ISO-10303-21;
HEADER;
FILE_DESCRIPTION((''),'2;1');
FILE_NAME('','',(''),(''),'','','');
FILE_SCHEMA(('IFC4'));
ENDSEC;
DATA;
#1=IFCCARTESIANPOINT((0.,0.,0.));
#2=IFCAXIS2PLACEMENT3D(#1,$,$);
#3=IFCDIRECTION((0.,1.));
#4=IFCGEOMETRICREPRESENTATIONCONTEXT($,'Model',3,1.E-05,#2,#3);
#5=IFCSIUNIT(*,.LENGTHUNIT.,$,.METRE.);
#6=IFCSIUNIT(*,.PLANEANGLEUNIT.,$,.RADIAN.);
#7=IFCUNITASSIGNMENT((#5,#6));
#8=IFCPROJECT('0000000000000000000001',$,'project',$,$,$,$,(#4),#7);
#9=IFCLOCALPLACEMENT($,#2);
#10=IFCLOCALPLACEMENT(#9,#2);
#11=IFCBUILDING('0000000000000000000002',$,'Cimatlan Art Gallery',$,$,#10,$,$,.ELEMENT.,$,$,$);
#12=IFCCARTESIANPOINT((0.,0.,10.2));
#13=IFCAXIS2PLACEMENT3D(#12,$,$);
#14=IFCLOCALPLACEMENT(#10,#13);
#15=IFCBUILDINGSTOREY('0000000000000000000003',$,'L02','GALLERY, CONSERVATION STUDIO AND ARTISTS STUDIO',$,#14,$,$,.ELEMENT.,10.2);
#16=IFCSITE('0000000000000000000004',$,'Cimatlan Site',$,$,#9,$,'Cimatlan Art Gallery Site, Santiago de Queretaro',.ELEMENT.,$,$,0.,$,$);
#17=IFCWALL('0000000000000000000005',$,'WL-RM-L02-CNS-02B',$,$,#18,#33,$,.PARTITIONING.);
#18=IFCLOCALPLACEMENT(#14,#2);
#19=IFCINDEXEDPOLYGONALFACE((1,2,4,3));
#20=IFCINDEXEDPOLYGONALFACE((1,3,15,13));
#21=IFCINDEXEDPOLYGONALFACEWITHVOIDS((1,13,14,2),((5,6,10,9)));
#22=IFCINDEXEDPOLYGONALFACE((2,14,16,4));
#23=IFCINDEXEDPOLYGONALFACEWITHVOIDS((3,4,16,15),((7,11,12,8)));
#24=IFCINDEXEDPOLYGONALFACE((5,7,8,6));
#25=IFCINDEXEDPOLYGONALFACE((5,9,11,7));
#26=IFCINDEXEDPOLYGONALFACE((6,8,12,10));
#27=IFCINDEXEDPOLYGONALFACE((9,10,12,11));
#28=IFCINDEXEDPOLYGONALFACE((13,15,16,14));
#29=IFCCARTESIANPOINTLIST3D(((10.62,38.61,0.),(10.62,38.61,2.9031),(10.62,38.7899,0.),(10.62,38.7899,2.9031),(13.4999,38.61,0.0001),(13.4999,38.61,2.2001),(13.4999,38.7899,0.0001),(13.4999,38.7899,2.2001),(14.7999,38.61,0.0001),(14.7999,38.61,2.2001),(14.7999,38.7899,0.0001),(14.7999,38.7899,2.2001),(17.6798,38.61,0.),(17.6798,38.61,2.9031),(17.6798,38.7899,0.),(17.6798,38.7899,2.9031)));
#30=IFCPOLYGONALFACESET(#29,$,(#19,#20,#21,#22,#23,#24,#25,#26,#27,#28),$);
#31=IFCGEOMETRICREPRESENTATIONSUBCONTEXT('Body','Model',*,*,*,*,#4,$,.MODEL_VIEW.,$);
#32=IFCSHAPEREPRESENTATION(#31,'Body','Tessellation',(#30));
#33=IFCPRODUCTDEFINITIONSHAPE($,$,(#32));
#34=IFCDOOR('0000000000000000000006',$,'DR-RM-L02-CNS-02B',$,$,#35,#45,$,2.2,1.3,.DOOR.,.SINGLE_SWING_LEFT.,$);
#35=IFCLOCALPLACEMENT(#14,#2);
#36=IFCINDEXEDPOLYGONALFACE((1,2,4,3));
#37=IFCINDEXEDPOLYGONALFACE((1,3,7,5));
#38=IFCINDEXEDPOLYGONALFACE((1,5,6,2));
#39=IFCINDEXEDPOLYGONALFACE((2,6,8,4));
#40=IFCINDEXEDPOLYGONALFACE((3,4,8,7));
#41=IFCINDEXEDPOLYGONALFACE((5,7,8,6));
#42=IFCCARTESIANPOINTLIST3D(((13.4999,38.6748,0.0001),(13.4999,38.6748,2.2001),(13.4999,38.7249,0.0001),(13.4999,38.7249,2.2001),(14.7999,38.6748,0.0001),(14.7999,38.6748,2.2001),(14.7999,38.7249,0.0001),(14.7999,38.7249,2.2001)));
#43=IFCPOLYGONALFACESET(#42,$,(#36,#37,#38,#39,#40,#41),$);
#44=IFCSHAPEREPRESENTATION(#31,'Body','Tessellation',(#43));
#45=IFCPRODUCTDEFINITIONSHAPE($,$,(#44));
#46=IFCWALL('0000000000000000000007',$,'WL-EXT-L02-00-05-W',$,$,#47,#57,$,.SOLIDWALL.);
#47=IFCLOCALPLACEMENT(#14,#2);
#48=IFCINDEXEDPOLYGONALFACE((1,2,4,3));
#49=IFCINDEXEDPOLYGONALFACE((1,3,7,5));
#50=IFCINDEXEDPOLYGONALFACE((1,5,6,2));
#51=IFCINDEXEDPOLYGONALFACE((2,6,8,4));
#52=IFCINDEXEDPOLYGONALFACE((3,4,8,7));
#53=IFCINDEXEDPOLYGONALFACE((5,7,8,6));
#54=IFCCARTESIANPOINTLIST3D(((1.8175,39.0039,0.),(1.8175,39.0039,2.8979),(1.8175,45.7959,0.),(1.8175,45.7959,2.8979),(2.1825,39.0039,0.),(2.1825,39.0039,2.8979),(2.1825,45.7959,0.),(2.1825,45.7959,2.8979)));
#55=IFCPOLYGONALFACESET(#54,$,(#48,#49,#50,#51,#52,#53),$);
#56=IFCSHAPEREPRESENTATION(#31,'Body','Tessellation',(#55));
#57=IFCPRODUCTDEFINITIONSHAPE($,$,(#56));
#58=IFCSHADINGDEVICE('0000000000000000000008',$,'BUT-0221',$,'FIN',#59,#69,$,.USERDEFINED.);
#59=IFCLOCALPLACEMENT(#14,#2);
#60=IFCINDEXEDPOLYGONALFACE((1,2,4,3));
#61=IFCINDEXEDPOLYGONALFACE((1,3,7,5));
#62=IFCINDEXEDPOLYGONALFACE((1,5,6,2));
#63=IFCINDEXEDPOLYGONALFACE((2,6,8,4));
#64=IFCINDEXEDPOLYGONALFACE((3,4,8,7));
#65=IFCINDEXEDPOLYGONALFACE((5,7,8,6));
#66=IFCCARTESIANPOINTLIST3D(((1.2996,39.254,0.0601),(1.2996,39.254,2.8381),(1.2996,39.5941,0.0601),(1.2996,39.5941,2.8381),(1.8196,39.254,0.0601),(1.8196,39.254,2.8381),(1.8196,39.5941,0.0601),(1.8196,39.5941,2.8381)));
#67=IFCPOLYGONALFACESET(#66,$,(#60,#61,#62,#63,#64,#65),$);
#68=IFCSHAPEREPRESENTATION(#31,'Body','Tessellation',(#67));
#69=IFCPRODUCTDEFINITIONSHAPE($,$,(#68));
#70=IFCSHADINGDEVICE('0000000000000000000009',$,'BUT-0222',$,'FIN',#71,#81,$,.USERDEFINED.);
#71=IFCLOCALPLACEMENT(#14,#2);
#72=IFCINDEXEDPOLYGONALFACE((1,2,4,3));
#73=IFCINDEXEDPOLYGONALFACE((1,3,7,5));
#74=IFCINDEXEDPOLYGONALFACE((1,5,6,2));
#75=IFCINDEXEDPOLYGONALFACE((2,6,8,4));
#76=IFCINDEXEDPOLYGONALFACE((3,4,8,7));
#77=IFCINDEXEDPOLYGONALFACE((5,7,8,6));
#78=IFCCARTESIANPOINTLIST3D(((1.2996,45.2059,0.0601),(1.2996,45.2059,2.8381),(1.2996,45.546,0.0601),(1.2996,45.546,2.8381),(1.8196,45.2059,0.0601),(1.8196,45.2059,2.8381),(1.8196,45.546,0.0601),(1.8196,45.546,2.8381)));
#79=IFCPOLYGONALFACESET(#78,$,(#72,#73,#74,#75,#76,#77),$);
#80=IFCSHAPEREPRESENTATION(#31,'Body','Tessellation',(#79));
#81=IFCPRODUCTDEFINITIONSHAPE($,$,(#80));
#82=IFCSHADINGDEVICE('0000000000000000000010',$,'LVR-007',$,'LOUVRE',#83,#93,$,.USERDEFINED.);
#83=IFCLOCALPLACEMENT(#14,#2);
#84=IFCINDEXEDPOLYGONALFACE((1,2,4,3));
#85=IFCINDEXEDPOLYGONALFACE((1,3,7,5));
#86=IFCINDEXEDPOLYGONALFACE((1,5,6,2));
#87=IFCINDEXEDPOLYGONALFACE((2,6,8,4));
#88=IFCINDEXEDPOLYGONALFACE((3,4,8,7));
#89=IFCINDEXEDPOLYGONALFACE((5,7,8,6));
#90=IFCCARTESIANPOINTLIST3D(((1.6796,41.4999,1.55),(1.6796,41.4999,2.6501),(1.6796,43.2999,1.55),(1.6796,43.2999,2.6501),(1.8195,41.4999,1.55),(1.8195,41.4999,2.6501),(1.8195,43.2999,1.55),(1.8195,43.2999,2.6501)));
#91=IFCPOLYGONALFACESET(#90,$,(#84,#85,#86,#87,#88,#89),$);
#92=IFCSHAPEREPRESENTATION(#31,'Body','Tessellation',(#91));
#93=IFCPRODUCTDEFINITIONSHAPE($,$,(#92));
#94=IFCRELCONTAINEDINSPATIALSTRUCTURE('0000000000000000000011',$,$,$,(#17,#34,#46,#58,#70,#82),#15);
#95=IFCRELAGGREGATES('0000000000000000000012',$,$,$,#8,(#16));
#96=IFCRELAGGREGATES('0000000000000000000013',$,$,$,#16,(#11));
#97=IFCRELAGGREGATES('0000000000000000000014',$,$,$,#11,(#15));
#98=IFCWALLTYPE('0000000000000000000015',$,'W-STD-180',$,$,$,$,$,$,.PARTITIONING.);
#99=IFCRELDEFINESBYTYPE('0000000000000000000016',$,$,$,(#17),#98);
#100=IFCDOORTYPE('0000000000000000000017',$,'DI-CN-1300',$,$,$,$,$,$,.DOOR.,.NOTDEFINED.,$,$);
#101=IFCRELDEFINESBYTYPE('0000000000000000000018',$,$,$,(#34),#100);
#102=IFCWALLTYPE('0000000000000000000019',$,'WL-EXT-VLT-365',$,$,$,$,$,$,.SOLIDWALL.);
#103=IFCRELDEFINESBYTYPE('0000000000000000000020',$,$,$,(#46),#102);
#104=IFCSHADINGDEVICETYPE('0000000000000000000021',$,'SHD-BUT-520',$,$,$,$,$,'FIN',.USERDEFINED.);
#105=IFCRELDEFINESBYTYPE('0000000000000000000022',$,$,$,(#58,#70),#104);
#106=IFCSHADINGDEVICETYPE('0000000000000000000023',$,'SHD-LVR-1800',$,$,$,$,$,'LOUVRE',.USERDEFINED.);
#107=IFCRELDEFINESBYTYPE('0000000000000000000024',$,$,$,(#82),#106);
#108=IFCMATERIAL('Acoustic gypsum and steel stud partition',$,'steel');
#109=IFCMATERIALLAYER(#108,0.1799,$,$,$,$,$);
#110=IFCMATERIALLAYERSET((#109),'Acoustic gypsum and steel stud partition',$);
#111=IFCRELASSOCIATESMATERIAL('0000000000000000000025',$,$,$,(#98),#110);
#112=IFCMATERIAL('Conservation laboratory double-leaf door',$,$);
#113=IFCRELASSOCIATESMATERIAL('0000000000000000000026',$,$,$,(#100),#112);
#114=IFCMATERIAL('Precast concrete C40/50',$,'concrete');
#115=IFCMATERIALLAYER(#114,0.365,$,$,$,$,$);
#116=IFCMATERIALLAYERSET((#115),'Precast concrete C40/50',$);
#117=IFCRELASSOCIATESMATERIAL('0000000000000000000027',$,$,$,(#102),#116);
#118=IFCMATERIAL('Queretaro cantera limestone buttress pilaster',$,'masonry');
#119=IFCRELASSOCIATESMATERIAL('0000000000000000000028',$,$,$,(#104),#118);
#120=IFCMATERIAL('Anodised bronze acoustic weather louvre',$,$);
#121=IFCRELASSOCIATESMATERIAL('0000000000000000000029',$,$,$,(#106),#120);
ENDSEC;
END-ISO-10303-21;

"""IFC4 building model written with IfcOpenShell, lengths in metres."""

from ifc_helpers import new_model, si_unit, direction, frame, frame_2d, origin, origin_2d, place, context, subcontext, project, spatial, rectangle, extrude, material, layer, layer_set, type_object, element, fill, save


model = new_model("IFC4")

# Units and contexts
model_context = context("Model", 3, precision=1e-05, world=origin(), true_north=direction((0.0, 1.0)))
body_context = subcontext(model_context, "Body", "Model", "MODEL_VIEW")
ifc_project = project(units=[si_unit("LENGTHUNIT", "METRE"), si_unit("PLANEANGLEUNIT", "RADIAN")], contexts=[model_context])

# Site, building, storey
site_placement = place(None, origin())
site = spatial("IfcSite", under=ifc_project, at=site_placement, Name="Cimatlan Site", LongName="Cimatlan Art Gallery Site, Santiago de Queretaro", CompositionType="ELEMENT", RefElevation=0.0)
building_placement = place(site_placement, origin())
building = spatial("IfcBuilding", under=site, at=building_placement, Name="Cimatlan Art Gallery", CompositionType="ELEMENT")
storey_placement = place(building_placement, frame((0.0, 0.0, 10.2)))
storey = spatial("IfcBuildingStorey", under=building, at=storey_placement, Name="L02", Description="GALLERY, CONSERVATION STUDIO AND ARTISTS STUDIO", CompositionType="ELEMENT", Elevation=10.2)

# Wall, opening, door
ifc_material_1 = material(Name="Acoustic gypsum and steel stud partition", Category="steel")
ifc_layer_1 = layer(ifc_material_1, 0.1799)
ifc_layer_set_1 = layer_set([ifc_layer_1], Name="Acoustic gypsum and steel stud partition")
wall_type_1 = type_object("IfcWallType", Name="W-STD-180", PredefinedType="PARTITIONING", material=ifc_layer_set_1)
ifc_material_2 = material(Name="Conservation laboratory double-leaf door")
door_type = type_object("IfcDoorType", Name="DI-CN-1300", OperationType="NOTDEFINED", PredefinedType="DOOR", material=ifc_material_2)
wall_1_placement = place(storey_placement, frame((10.6201, 38.7, 0.0), z_axis=(0.0, 0.0, 1.0), x_axis=(1.0, 0.0, 0.0)))
wall_1 = element("IfcWall", 1, at=wall_1_placement, inside=storey, type_object=wall_type_1, Name="WL-RM-L02-CNS-02B", PredefinedType="PARTITIONING", context=body_context, shape_type="SweptSolid", body=[
    extrude(rectangle(XDim=7.0598, YDim=0.1799, at=frame_2d((3.5298, 0.0))), origin(), (0.0, 0.0, 1.0), 2.9031),
])
opening_1_placement = place(wall_1_placement, frame((2.8799, 0.0, 0.0)))
opening_1 = element("IfcOpeningElement", 2, at=opening_1_placement, cuts=wall_1, PredefinedType="OPENING", context=body_context, shape_type="SweptSolid", body=[
    extrude(rectangle(XDim=1.3, YDim=2.2, at=frame_2d((0.6499, 1.1001))), frame((0.0, 0.1001, 0.0), z_axis=(0.0, -1.0, 0.0), x_axis=(1.0, 0.0, 0.0)), (0.0, 0.0, 1.0), 0.2),
])
door_1_placement = place(opening_1_placement, origin())
door_1 = element("IfcDoor", 3, at=door_1_placement, inside=storey, type_object=door_type, Name="DR-RM-L02-CNS-02B", OperationType="SINGLE_SWING_LEFT", OverallHeight=2.2, OverallWidth=1.3, PredefinedType="DOOR", context=body_context, shape_type="SweptSolid", body=[
    extrude(rectangle(XDim=1.3, YDim=2.2, at=frame_2d((0.6499, 1.1001))), frame((0.0, 0.0249, 0.0), z_axis=(0.0, -1.0, 0.0), x_axis=(1.0, 0.0, 0.0)), (0.0, 0.0, 1.0), 0.05),
])
fill(opening_1, door_1)

# Wall
ifc_material_3 = material(Name="Precast concrete C40/50", Category="concrete")
ifc_layer_2 = layer(ifc_material_3, 0.365)
ifc_layer_set_2 = layer_set([ifc_layer_2], Name="Precast concrete C40/50")
wall_type_2 = type_object("IfcWallType", Name="WL-EXT-VLT-365", PredefinedType="SOLIDWALL", material=ifc_layer_set_2)
wall_2_placement = place(storey_placement, frame((2.0, 39.0039, 0.0), z_axis=(0.0, 0.0, 1.0), x_axis=(0.0, 1.0, 0.0)))
element("IfcWall", 4, at=wall_2_placement, inside=storey, type_object=wall_type_2, Name="WL-EXT-L02-00-05-W", PredefinedType="SOLIDWALL", context=body_context, shape_type="SweptSolid", body=[
    extrude(rectangle(XDim=6.792, YDim=0.365, at=frame_2d((3.396, 0.0))), origin(), (0.0, 0.0, 1.0), 2.8979),
])

# Shading devices
ifc_material_4 = material(Name="Queretaro cantera limestone buttress pilaster", Category="masonry")
shading_device_type_1 = type_object("IfcShadingDeviceType", Name="SHD-BUT-520", ElementType="FIN", PredefinedType="USERDEFINED", material=ifc_material_4)
for number, where, z_axis, x_axis, name in (
    (5, (1.5596, 39.4241, 0.0601), (0.0, 0.0, 1.0), (0.0, 1.0, 0.0), "BUT-0221"),
    (6, (1.5596, 45.376, 0.0601), (0.0, 0.0, 1.0), (0.0, 1.0, 0.0), "BUT-0222"),
):
    element("IfcShadingDevice", number, at=place(storey_placement, frame(where, z_axis=z_axis, x_axis=x_axis)), inside=storey, type_object=shading_device_type_1, Name=name, ObjectType="FIN", PredefinedType="USERDEFINED", context=body_context, shape_type="SweptSolid", body=[
        extrude(rectangle(XDim=0.3401, YDim=0.52, at=origin_2d()), origin(), (0.0, 0.0, 1.0), 2.7781),
    ])
ifc_material_5 = material(Name="Anodised bronze acoustic weather louvre")
shading_device_type_2 = type_object("IfcShadingDeviceType", Name="SHD-LVR-1800", ElementType="LOUVRE", PredefinedType="USERDEFINED", material=ifc_material_5)
shading_device_placement = place(storey_placement, frame((1.7495, 42.3999, 1.55), z_axis=(0.0, 0.0, 1.0), x_axis=(0.0, 1.0, 0.0)))
element("IfcShadingDevice", 7, at=shading_device_placement, inside=storey, type_object=shading_device_type_2, Name="LVR-007", ObjectType="LOUVRE", PredefinedType="USERDEFINED", context=body_context, shape_type="SweptSolid", body=[
    extrude(rectangle(XDim=1.8, YDim=0.1399, at=origin_2d()), origin(), (0.0, 0.0, 1.0), 1.1001),
])

save(model, "model.ifc")
